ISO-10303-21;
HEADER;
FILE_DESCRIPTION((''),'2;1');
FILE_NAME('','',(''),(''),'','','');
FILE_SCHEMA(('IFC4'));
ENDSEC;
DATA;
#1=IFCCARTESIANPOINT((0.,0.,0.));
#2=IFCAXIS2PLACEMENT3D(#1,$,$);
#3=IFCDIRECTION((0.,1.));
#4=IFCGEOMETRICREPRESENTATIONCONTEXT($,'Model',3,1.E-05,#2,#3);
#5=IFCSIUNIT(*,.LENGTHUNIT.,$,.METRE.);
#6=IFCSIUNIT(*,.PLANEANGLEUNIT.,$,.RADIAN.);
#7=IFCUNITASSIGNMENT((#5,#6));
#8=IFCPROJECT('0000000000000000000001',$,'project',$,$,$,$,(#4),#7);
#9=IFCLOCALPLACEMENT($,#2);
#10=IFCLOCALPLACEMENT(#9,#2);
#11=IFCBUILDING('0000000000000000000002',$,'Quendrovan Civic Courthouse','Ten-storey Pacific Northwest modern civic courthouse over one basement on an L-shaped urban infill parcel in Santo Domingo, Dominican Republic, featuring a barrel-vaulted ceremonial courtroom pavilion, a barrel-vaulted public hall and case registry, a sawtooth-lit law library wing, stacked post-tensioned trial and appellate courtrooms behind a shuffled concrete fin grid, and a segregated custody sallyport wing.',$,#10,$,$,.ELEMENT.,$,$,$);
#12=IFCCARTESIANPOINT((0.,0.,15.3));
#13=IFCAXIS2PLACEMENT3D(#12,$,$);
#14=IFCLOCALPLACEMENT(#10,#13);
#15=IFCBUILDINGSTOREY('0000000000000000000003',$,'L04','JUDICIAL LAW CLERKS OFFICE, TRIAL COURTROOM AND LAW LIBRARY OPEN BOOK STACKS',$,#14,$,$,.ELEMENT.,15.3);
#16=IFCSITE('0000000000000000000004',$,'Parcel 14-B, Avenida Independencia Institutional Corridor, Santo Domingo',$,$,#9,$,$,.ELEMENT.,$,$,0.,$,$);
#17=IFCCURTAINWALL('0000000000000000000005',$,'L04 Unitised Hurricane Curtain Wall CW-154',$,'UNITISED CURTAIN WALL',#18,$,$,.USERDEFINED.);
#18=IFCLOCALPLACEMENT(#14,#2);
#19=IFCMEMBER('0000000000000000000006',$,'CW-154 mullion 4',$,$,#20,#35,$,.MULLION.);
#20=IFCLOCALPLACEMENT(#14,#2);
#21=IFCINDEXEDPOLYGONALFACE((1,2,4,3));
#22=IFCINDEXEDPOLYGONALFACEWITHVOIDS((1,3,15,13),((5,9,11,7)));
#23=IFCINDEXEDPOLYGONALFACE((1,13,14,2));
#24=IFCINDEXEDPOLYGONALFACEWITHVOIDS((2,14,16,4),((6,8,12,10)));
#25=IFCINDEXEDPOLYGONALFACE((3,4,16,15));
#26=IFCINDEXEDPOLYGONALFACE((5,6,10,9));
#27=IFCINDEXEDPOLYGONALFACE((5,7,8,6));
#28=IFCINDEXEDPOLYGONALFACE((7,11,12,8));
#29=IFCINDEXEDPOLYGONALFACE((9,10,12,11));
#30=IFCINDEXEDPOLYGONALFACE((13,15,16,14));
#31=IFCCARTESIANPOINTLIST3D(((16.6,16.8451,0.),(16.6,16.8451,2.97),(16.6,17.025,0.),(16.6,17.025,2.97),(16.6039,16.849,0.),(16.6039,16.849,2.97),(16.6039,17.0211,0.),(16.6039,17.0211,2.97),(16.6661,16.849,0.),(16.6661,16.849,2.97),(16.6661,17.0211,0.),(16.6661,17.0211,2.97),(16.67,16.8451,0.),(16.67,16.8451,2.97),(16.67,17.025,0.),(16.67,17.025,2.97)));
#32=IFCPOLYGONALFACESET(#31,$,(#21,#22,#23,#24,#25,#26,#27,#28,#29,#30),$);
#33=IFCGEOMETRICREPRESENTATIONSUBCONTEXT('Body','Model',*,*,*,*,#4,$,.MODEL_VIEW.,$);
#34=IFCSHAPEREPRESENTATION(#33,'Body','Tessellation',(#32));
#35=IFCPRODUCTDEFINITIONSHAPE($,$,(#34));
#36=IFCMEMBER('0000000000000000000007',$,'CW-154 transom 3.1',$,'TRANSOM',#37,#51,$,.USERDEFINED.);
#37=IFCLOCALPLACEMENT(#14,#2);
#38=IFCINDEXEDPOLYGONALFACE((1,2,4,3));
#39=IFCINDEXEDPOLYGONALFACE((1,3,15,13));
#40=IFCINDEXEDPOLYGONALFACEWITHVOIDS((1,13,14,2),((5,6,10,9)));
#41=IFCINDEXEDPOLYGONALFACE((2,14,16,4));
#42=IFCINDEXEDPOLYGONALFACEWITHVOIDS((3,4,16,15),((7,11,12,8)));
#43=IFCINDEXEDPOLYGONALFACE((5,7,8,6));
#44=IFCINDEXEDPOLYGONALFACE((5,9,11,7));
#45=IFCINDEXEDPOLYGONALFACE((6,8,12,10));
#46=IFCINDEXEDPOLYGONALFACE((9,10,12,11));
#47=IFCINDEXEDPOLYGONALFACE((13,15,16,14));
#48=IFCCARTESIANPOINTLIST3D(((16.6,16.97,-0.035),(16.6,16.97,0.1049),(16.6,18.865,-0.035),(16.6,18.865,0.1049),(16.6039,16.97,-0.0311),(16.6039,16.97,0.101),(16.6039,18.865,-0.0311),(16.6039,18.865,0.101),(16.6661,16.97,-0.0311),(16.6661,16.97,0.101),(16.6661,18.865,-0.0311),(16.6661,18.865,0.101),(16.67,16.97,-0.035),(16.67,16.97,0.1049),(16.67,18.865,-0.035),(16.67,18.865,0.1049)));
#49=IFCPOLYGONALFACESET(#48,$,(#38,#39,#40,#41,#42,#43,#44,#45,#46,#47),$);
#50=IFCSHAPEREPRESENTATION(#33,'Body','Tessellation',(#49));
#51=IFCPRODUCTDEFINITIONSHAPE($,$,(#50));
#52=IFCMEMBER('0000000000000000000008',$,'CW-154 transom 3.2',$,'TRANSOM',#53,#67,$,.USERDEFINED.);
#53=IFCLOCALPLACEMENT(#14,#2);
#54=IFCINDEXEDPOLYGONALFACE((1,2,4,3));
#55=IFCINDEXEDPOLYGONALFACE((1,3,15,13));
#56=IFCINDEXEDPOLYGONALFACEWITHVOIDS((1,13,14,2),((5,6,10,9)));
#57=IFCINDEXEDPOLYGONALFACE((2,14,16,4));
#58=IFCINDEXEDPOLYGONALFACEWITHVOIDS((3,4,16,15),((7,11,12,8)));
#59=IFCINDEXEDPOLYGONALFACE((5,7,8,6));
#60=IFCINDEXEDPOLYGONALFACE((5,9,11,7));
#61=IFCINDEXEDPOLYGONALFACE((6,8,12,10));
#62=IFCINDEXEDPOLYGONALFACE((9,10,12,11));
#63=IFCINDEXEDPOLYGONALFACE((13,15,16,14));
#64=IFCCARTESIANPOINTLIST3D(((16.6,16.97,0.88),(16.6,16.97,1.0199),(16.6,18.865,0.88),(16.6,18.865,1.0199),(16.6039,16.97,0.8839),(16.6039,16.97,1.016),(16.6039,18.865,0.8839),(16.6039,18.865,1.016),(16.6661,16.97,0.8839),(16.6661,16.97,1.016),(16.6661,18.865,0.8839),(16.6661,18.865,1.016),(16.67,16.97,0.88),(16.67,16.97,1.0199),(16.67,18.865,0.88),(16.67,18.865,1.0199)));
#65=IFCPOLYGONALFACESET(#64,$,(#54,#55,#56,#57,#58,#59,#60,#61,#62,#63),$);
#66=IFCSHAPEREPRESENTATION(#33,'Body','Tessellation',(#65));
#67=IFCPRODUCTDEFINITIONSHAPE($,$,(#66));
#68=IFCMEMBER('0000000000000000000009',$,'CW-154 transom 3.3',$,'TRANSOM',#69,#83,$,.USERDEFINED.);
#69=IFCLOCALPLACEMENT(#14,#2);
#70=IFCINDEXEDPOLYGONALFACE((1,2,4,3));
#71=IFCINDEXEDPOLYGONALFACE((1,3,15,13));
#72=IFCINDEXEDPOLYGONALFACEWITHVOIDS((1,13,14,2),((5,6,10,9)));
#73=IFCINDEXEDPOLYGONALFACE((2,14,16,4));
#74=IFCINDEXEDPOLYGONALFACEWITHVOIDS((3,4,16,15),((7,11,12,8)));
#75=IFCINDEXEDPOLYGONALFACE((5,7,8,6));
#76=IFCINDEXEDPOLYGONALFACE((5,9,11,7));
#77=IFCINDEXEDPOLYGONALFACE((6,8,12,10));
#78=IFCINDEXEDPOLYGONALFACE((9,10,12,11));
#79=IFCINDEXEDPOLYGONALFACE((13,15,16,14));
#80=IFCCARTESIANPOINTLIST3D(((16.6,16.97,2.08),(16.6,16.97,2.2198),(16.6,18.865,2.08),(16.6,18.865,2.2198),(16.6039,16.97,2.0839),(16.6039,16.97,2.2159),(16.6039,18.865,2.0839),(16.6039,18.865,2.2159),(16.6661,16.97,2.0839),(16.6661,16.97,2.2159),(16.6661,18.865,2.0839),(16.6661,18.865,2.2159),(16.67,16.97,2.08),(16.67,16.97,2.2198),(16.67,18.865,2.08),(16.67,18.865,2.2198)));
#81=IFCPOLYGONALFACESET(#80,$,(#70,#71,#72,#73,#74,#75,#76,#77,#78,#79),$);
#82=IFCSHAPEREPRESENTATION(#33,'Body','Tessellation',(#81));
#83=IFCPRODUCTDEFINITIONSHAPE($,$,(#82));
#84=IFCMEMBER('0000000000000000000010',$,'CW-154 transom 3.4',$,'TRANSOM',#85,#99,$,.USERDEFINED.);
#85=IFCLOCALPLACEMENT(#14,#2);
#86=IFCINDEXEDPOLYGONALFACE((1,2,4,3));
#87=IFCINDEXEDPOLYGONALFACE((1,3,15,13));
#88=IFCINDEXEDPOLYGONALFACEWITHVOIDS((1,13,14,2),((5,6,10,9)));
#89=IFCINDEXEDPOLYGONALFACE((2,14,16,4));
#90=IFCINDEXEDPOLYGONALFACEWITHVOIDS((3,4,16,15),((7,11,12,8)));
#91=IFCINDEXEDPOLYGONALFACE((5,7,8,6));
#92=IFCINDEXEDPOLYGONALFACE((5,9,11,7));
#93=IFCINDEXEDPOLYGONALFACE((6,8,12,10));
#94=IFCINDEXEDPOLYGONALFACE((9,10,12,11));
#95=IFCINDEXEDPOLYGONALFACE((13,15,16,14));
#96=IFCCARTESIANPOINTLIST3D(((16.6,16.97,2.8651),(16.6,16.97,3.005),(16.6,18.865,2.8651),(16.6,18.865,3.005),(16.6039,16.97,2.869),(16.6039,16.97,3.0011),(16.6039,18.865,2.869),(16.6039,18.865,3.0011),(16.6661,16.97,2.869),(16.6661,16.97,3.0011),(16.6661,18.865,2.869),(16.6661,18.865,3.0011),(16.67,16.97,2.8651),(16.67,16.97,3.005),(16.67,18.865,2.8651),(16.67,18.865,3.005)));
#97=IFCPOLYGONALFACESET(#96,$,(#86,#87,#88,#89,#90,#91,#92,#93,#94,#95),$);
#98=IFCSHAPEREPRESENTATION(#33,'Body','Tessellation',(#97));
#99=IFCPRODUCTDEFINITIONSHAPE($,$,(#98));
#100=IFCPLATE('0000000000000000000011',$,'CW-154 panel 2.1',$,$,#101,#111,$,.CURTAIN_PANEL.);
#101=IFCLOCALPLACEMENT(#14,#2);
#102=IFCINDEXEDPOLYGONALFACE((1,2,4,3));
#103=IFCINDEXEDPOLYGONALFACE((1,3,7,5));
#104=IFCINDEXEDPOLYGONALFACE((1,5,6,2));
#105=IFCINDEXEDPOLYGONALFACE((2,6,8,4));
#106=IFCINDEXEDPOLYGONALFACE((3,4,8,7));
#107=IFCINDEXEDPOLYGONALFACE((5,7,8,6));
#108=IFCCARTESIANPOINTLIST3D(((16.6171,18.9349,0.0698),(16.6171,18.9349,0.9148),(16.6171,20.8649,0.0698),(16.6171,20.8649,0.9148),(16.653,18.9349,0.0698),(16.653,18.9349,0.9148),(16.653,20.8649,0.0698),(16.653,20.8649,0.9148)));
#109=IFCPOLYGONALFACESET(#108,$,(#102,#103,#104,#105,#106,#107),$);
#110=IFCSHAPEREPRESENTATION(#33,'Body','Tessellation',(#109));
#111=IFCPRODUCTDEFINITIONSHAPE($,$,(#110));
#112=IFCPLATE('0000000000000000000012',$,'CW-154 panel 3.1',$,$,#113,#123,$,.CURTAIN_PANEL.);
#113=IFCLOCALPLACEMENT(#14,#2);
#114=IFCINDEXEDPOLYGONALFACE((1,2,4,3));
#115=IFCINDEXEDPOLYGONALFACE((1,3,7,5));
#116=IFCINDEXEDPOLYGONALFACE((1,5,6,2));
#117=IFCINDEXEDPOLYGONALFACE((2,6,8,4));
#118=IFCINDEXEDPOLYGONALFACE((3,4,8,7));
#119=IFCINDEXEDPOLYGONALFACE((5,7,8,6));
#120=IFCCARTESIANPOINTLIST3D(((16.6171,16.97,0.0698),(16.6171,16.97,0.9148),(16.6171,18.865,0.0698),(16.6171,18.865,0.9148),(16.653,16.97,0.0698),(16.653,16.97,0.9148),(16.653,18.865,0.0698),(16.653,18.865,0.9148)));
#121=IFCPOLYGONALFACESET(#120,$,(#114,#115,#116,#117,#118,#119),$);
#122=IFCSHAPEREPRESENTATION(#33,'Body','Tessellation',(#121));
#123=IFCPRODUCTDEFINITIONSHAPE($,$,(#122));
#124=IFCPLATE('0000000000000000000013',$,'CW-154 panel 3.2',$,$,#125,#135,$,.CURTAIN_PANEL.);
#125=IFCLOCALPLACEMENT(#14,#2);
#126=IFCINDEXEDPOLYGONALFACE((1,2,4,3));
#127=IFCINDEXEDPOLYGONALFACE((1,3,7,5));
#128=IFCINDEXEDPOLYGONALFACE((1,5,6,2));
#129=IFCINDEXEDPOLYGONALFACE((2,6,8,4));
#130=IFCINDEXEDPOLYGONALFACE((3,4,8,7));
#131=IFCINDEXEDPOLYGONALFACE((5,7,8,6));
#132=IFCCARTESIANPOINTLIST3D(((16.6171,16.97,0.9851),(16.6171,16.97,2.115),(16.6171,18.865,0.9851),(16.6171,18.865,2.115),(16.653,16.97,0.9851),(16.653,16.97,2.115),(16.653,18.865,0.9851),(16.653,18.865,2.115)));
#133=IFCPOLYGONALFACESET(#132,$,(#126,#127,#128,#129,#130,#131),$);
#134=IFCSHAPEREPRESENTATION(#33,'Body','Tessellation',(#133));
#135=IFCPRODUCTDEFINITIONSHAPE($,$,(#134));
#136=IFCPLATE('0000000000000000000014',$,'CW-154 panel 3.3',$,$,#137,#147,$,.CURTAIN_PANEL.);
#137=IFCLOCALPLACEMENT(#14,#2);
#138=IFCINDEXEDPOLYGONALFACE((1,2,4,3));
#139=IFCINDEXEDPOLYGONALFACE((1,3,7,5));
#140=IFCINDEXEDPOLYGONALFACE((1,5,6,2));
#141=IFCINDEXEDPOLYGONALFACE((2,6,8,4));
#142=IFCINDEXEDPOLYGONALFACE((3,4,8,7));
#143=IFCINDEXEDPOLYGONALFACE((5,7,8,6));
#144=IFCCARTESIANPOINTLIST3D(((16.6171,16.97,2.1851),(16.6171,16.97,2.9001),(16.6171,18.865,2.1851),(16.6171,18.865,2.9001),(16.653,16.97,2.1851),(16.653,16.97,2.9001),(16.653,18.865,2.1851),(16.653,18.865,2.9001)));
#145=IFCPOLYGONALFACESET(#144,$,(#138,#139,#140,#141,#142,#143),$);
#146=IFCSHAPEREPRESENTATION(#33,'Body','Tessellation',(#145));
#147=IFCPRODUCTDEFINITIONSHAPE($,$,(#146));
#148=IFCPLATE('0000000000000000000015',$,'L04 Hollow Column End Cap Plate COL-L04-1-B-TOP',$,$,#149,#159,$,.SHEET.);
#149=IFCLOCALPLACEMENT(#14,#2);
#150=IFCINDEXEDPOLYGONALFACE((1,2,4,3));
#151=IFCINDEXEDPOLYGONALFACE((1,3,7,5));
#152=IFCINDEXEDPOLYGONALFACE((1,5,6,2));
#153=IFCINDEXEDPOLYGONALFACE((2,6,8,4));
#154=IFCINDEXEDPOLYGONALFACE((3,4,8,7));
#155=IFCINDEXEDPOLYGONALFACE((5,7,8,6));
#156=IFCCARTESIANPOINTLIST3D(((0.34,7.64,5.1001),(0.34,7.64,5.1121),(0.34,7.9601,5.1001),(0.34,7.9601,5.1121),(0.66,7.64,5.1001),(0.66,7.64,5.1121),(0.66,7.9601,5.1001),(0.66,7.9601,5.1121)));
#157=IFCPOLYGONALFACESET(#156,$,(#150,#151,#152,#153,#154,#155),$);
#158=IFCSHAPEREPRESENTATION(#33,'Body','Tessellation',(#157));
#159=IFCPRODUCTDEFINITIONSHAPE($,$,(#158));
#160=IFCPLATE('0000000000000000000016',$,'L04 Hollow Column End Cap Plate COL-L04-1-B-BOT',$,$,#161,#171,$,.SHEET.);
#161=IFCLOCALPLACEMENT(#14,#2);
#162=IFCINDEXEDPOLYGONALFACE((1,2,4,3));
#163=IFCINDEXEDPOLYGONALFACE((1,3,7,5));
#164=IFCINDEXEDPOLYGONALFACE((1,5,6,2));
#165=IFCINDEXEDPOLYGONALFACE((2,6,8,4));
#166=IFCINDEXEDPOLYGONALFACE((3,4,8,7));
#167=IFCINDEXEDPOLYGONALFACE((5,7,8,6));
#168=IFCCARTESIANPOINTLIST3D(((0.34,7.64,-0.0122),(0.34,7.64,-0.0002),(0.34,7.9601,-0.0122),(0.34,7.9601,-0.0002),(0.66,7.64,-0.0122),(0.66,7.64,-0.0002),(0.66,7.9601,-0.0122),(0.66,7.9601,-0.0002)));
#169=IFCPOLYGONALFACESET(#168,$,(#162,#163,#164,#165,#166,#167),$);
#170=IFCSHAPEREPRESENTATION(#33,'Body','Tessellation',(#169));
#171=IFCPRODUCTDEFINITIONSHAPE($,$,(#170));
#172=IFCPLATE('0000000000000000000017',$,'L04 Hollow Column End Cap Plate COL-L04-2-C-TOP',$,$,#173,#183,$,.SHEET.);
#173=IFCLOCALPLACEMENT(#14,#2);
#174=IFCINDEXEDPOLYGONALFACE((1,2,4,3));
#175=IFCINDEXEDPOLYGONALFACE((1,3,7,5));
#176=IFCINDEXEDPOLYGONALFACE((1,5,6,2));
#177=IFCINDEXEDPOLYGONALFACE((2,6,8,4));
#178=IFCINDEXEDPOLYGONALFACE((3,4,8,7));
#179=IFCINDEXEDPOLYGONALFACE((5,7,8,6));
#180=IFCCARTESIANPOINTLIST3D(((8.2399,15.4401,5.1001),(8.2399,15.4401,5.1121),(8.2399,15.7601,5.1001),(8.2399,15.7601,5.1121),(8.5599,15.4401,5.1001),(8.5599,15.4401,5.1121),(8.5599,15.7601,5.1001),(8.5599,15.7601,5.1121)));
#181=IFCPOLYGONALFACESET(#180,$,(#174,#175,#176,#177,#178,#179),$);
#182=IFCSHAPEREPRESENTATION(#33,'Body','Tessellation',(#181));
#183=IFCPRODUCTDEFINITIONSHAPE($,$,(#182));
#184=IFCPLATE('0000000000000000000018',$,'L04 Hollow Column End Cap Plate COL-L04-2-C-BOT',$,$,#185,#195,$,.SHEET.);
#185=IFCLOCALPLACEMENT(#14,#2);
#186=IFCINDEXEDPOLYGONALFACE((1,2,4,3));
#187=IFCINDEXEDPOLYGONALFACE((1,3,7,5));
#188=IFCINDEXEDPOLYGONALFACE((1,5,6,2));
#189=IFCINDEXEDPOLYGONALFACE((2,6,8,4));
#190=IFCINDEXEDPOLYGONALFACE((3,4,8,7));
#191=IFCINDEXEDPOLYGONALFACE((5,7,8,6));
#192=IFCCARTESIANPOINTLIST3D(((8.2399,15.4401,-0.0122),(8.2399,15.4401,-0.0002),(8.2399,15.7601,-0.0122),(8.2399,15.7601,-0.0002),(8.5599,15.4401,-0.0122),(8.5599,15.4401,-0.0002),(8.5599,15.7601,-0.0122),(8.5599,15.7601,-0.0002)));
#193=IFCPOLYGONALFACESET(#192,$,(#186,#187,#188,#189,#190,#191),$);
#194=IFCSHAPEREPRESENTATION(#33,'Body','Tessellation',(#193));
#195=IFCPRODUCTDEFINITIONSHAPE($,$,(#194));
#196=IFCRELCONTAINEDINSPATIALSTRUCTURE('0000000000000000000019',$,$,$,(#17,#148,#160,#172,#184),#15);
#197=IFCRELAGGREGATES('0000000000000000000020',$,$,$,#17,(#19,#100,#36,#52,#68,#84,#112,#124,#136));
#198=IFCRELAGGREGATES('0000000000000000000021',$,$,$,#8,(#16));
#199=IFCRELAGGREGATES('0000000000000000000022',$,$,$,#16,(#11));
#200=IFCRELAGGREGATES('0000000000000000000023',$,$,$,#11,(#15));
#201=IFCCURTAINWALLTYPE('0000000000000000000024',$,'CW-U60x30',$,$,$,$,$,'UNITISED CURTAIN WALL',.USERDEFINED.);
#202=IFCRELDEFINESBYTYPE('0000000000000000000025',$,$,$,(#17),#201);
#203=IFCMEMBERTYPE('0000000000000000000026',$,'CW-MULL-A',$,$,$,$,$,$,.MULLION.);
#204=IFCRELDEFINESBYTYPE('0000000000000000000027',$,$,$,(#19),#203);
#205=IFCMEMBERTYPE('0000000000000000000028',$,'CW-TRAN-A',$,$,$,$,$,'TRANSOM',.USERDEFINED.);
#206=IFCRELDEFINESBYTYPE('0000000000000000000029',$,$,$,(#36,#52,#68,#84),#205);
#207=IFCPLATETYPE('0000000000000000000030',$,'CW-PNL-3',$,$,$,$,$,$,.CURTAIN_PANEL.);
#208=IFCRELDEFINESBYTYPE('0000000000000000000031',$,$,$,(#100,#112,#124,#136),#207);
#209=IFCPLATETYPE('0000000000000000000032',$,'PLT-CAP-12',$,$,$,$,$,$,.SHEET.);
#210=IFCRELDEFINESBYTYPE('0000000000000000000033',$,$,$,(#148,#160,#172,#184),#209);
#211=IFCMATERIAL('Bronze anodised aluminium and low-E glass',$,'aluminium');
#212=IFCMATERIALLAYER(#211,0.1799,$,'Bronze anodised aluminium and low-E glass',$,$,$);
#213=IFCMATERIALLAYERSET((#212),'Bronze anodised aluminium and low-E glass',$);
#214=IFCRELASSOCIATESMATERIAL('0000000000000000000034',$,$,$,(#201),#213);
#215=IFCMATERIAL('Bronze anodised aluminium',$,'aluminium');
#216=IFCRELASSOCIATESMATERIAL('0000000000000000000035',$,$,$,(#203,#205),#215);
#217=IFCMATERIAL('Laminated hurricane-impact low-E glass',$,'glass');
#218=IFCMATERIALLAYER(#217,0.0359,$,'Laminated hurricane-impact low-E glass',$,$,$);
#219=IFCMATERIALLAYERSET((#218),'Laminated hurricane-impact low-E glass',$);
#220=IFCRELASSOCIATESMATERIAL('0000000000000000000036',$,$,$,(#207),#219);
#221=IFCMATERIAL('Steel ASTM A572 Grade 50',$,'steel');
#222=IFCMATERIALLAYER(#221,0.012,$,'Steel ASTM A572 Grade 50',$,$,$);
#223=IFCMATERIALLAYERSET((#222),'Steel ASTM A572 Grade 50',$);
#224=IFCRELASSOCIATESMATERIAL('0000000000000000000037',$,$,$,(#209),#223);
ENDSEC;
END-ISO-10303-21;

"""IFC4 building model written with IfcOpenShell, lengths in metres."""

from ifc_helpers import new_model, si_unit, direction, frame, origin, origin_2d, place, context, subcontext, project, spatial, rectangle, hollow_rectangle, extrude, material, layer, layer_set, material_profile, profile_set, type_object, element, aggregate, save


model = new_model("IFC4")

# Units and contexts
model_context = context("Model", 3, precision=1e-05, world=origin(), true_north=direction((0.0, 1.0)))
body_context = subcontext(model_context, "Body", "Model", "MODEL_VIEW")
ifc_project = project(units=[si_unit("LENGTHUNIT", "METRE"), si_unit("PLANEANGLEUNIT", "RADIAN")], contexts=[model_context])

# Site, building, storey
site_placement = place(None, origin())
site = spatial("IfcSite", under=ifc_project, at=site_placement, Name="Parcel 14-B, Avenida Independencia Institutional Corridor, Santo Domingo", CompositionType="ELEMENT", RefElevation=0.0)
building_placement = place(site_placement, origin())
building = spatial("IfcBuilding", under=site, at=building_placement, Name="Quendrovan Civic Courthouse", Description="Ten-storey Pacific Northwest modern civic courthouse over one basement on an L-shaped urban infill parcel in Santo Domingo, Dominican Republic, featuring a barrel-vaulted ceremonial courtroom pavilion, a barrel-vaulted public hall and case registry, a sawtooth-lit law library wing, stacked post-tensioned trial and appellate courtrooms behind a shuffled concrete fin grid, and a segregated custody sallyport wing.", CompositionType="ELEMENT")
storey_placement = place(building_placement, frame((0.0, 0.0, 15.3)))
storey = spatial("IfcBuildingStorey", under=building, at=storey_placement, Name="L04", Description="JUDICIAL LAW CLERKS OFFICE, TRIAL COURTROOM AND LAW LIBRARY OPEN BOOK STACKS", CompositionType="ELEMENT", Elevation=15.3)

# Curtain wall, members, plates
ifc_material_1 = material(Name="Bronze anodised aluminium and low-E glass", Category="aluminium")
ifc_layer_1 = layer(ifc_material_1, 0.1799, Name="Bronze anodised aluminium and low-E glass")
ifc_layer_set_1 = layer_set([ifc_layer_1], Name="Bronze anodised aluminium and low-E glass")
curtain_wall_type = type_object("IfcCurtainWallType", Name="CW-U60x30", ElementType="UNITISED CURTAIN WALL", PredefinedType="USERDEFINED", material=ifc_layer_set_1)
curtain_wall_placement = place(storey_placement, origin())
curtain_wall = element("IfcCurtainWall", 1, at=curtain_wall_placement, inside=storey, type_object=curtain_wall_type, Name="L04 Unitised Hurricane Curtain Wall CW-154", ObjectType="UNITISED CURTAIN WALL", PredefinedType="USERDEFINED")
ifc_material_2 = material(Name="Bronze anodised aluminium", Category="aluminium")
ifc_material_profile_1 = material_profile(ifc_material_2, hollow_rectangle(XDim=0.0701, YDim=0.1799, WallThickness=0.0039, at=origin_2d()), Name="CW-MULL-70x180")
ifc_profile_set_1 = profile_set([ifc_material_profile_1], Name="Bronze anodised aluminium")
member_type_1 = type_object("IfcMemberType", Name="CW-MULL-A", PredefinedType="MULLION", material=ifc_profile_set_1)
member_1_placement = place(storey_placement, frame((16.635, 16.9351, 0.0), z_axis=(0.0, 0.0, 1.0), x_axis=(1.0, 0.0, 0.0)))
member_1 = element("IfcMember", 2, at=member_1_placement, type_object=member_type_1, Name="CW-154 mullion 4", PredefinedType="MULLION", context=body_context, shape_type="SweptSolid", body=[
    extrude(hollow_rectangle(XDim=0.0701, YDim=0.1799, WallThickness=0.0039, at=origin_2d()), origin(), (0.0, 0.0, 1.0), 2.97),
])
ifc_material_profile_2 = material_profile(ifc_material_2, hollow_rectangle(XDim=0.0701, YDim=0.1399, WallThickness=0.0039, at=origin_2d()), Name="CW-TRAN-70x140")
ifc_profile_set_2 = profile_set([ifc_material_profile_2], Name="Bronze anodised aluminium")
member_type_2 = type_object("IfcMemberType", Name="CW-TRAN-A", ElementType="TRANSOM", PredefinedType="USERDEFINED", material=ifc_profile_set_2)
member_2_placement = place(storey_placement, frame((16.635, 18.865, 0.0349), z_axis=(0.0, -1.0, 0.0), x_axis=(1.0, 0.0, 0.0)))
member_2 = element("IfcMember", 3, at=member_2_placement, type_object=member_type_2, Name="CW-154 transom 3.1", ObjectType="TRANSOM", PredefinedType="USERDEFINED", context=body_context, shape_type="SweptSolid", body=[
    extrude(hollow_rectangle(XDim=0.0701, YDim=0.1399, WallThickness=0.0039, at=origin_2d()), origin(), (0.0, 0.0, 1.0), 1.895),
])
member_3_placement = place(storey_placement, frame((16.635, 18.865, 0.95), z_axis=(0.0, -1.0, 0.0), x_axis=(1.0, 0.0, 0.0)))
member_3 = element("IfcMember", 4, at=member_3_placement, type_object=member_type_2, Name="CW-154 transom 3.2", ObjectType="TRANSOM", PredefinedType="USERDEFINED", context=body_context, shape_type="SweptSolid", body=[
    extrude(hollow_rectangle(XDim=0.0701, YDim=0.1399, WallThickness=0.0039, at=origin_2d()), origin(), (0.0, 0.0, 1.0), 1.895),
])
member_4_placement = place(storey_placement, frame((16.635, 18.865, 2.1499), z_axis=(0.0, -1.0, 0.0), x_axis=(1.0, 0.0, 0.0)))
member_4 = element("IfcMember", 5, at=member_4_placement, type_object=member_type_2, Name="CW-154 transom 3.3", ObjectType="TRANSOM", PredefinedType="USERDEFINED", context=body_context, shape_type="SweptSolid", body=[
    extrude(hollow_rectangle(XDim=0.0701, YDim=0.1399, WallThickness=0.0039, at=origin_2d()), origin(), (0.0, 0.0, 1.0), 1.895),
])
member_5_placement = place(storey_placement, frame((16.635, 18.865, 2.9351), z_axis=(0.0, -1.0, 0.0), x_axis=(1.0, 0.0, 0.0)))
member_5 = element("IfcMember", 6, at=member_5_placement, type_object=member_type_2, Name="CW-154 transom 3.4", ObjectType="TRANSOM", PredefinedType="USERDEFINED", context=body_context, shape_type="SweptSolid", body=[
    extrude(hollow_rectangle(XDim=0.0701, YDim=0.1399, WallThickness=0.0039, at=origin_2d()), origin(), (0.0, 0.0, 1.0), 1.895),
])
ifc_material_3 = material(Name="Laminated hurricane-impact low-E glass", Category="glass")
ifc_layer_2 = layer(ifc_material_3, 0.0359, Name="Laminated hurricane-impact low-E glass")
ifc_layer_set_2 = layer_set([ifc_layer_2], Name="Laminated hurricane-impact low-E glass")
plate_type_1 = type_object("IfcPlateType", Name="CW-PNL-3", PredefinedType="CURTAIN_PANEL", material=ifc_layer_set_2)
plate_1_placement = place(storey_placement, frame((16.635, 19.8999, 0.0698), z_axis=(0.0, 0.0, 1.0), x_axis=(0.0, -1.0, 0.0)))
plate_1 = element("IfcPlate", 7, at=plate_1_placement, type_object=plate_type_1, Name="CW-154 panel 2.1", PredefinedType="CURTAIN_PANEL", context=body_context, shape_type="SweptSolid", body=[
    extrude(rectangle(XDim=1.9299, YDim=0.0359, at=origin_2d()), origin(), (0.0, 0.0, 1.0), 0.845),
])
plate_2_placement = place(storey_placement, frame((16.635, 17.9175, 0.0698), z_axis=(0.0, 0.0, 1.0), x_axis=(0.0, -1.0, 0.0)))
plate_2 = element("IfcPlate", 8, at=plate_2_placement, type_object=plate_type_1, Name="CW-154 panel 3.1", PredefinedType="CURTAIN_PANEL", context=body_context, shape_type="SweptSolid", body=[
    extrude(rectangle(XDim=1.895, YDim=0.0359, at=origin_2d()), origin(), (0.0, 0.0, 1.0), 0.845),
])
plate_3_placement = place(storey_placement, frame((16.635, 17.9175, 0.9851), z_axis=(0.0, 0.0, 1.0), x_axis=(0.0, -1.0, 0.0)))
plate_3 = element("IfcPlate", 9, at=plate_3_placement, type_object=plate_type_1, Name="CW-154 panel 3.2", PredefinedType="CURTAIN_PANEL", context=body_context, shape_type="SweptSolid", body=[
    extrude(rectangle(XDim=1.895, YDim=0.0359, at=origin_2d()), origin(), (0.0, 0.0, 1.0), 1.1299),
])
plate_4_placement = place(storey_placement, frame((16.635, 17.9175, 2.1851), z_axis=(0.0, 0.0, 1.0), x_axis=(0.0, -1.0, 0.0)))
plate_4 = element("IfcPlate", 10, at=plate_4_placement, type_object=plate_type_1, Name="CW-154 panel 3.3", PredefinedType="CURTAIN_PANEL", context=body_context, shape_type="SweptSolid", body=[
    extrude(rectangle(XDim=1.895, YDim=0.0359, at=origin_2d()), origin(), (0.0, 0.0, 1.0), 0.7151),
])
aggregate(curtain_wall, [member_1, plate_1, member_2, member_3, member_4, member_5, plate_2, plate_3, plate_4])

# Plates
ifc_material_4 = material(Name="Steel ASTM A572 Grade 50", Category="steel")
ifc_layer_3 = layer(ifc_material_4, 0.012, Name="Steel ASTM A572 Grade 50")
ifc_layer_set_3 = layer_set([ifc_layer_3], Name="Steel ASTM A572 Grade 50")
plate_type_2 = type_object("IfcPlateType", Name="PLT-CAP-12", PredefinedType="SHEET", material=ifc_layer_set_3)
for number, where, z_axis, x_axis, name in (
    (11, (0.5, 7.8, 5.1001), (0.0, 0.0, 1.0), (1.0, 0.0, 0.0), "L04 Hollow Column End Cap Plate COL-L04-1-B-TOP"),
    (12, (0.5, 7.8, -0.0122), (0.0, 0.0, 1.0), (1.0, 0.0, 0.0), "L04 Hollow Column End Cap Plate COL-L04-1-B-BOT"),
    (13, (8.3999, 15.6001, 5.1001), (0.0, 0.0, 1.0), (1.0, 0.0, 0.0), "L04 Hollow Column End Cap Plate COL-L04-2-C-TOP"),
    (14, (8.3999, 15.6001, -0.0122), (0.0, 0.0, 1.0), (1.0, 0.0, 0.0), "L04 Hollow Column End Cap Plate COL-L04-2-C-BOT"),
):
    element("IfcPlate", number, at=place(storey_placement, frame(where, z_axis=z_axis, x_axis=x_axis)), inside=storey, type_object=plate_type_2, Name=name, PredefinedType="SHEET", context=body_context, shape_type="SweptSolid", body=[
        extrude(rectangle(XDim=0.3201, YDim=0.3201, at=origin_2d()), origin(), (0.0, 0.0, 1.0), 0.012),
    ])

save(model, "model.ifc")
